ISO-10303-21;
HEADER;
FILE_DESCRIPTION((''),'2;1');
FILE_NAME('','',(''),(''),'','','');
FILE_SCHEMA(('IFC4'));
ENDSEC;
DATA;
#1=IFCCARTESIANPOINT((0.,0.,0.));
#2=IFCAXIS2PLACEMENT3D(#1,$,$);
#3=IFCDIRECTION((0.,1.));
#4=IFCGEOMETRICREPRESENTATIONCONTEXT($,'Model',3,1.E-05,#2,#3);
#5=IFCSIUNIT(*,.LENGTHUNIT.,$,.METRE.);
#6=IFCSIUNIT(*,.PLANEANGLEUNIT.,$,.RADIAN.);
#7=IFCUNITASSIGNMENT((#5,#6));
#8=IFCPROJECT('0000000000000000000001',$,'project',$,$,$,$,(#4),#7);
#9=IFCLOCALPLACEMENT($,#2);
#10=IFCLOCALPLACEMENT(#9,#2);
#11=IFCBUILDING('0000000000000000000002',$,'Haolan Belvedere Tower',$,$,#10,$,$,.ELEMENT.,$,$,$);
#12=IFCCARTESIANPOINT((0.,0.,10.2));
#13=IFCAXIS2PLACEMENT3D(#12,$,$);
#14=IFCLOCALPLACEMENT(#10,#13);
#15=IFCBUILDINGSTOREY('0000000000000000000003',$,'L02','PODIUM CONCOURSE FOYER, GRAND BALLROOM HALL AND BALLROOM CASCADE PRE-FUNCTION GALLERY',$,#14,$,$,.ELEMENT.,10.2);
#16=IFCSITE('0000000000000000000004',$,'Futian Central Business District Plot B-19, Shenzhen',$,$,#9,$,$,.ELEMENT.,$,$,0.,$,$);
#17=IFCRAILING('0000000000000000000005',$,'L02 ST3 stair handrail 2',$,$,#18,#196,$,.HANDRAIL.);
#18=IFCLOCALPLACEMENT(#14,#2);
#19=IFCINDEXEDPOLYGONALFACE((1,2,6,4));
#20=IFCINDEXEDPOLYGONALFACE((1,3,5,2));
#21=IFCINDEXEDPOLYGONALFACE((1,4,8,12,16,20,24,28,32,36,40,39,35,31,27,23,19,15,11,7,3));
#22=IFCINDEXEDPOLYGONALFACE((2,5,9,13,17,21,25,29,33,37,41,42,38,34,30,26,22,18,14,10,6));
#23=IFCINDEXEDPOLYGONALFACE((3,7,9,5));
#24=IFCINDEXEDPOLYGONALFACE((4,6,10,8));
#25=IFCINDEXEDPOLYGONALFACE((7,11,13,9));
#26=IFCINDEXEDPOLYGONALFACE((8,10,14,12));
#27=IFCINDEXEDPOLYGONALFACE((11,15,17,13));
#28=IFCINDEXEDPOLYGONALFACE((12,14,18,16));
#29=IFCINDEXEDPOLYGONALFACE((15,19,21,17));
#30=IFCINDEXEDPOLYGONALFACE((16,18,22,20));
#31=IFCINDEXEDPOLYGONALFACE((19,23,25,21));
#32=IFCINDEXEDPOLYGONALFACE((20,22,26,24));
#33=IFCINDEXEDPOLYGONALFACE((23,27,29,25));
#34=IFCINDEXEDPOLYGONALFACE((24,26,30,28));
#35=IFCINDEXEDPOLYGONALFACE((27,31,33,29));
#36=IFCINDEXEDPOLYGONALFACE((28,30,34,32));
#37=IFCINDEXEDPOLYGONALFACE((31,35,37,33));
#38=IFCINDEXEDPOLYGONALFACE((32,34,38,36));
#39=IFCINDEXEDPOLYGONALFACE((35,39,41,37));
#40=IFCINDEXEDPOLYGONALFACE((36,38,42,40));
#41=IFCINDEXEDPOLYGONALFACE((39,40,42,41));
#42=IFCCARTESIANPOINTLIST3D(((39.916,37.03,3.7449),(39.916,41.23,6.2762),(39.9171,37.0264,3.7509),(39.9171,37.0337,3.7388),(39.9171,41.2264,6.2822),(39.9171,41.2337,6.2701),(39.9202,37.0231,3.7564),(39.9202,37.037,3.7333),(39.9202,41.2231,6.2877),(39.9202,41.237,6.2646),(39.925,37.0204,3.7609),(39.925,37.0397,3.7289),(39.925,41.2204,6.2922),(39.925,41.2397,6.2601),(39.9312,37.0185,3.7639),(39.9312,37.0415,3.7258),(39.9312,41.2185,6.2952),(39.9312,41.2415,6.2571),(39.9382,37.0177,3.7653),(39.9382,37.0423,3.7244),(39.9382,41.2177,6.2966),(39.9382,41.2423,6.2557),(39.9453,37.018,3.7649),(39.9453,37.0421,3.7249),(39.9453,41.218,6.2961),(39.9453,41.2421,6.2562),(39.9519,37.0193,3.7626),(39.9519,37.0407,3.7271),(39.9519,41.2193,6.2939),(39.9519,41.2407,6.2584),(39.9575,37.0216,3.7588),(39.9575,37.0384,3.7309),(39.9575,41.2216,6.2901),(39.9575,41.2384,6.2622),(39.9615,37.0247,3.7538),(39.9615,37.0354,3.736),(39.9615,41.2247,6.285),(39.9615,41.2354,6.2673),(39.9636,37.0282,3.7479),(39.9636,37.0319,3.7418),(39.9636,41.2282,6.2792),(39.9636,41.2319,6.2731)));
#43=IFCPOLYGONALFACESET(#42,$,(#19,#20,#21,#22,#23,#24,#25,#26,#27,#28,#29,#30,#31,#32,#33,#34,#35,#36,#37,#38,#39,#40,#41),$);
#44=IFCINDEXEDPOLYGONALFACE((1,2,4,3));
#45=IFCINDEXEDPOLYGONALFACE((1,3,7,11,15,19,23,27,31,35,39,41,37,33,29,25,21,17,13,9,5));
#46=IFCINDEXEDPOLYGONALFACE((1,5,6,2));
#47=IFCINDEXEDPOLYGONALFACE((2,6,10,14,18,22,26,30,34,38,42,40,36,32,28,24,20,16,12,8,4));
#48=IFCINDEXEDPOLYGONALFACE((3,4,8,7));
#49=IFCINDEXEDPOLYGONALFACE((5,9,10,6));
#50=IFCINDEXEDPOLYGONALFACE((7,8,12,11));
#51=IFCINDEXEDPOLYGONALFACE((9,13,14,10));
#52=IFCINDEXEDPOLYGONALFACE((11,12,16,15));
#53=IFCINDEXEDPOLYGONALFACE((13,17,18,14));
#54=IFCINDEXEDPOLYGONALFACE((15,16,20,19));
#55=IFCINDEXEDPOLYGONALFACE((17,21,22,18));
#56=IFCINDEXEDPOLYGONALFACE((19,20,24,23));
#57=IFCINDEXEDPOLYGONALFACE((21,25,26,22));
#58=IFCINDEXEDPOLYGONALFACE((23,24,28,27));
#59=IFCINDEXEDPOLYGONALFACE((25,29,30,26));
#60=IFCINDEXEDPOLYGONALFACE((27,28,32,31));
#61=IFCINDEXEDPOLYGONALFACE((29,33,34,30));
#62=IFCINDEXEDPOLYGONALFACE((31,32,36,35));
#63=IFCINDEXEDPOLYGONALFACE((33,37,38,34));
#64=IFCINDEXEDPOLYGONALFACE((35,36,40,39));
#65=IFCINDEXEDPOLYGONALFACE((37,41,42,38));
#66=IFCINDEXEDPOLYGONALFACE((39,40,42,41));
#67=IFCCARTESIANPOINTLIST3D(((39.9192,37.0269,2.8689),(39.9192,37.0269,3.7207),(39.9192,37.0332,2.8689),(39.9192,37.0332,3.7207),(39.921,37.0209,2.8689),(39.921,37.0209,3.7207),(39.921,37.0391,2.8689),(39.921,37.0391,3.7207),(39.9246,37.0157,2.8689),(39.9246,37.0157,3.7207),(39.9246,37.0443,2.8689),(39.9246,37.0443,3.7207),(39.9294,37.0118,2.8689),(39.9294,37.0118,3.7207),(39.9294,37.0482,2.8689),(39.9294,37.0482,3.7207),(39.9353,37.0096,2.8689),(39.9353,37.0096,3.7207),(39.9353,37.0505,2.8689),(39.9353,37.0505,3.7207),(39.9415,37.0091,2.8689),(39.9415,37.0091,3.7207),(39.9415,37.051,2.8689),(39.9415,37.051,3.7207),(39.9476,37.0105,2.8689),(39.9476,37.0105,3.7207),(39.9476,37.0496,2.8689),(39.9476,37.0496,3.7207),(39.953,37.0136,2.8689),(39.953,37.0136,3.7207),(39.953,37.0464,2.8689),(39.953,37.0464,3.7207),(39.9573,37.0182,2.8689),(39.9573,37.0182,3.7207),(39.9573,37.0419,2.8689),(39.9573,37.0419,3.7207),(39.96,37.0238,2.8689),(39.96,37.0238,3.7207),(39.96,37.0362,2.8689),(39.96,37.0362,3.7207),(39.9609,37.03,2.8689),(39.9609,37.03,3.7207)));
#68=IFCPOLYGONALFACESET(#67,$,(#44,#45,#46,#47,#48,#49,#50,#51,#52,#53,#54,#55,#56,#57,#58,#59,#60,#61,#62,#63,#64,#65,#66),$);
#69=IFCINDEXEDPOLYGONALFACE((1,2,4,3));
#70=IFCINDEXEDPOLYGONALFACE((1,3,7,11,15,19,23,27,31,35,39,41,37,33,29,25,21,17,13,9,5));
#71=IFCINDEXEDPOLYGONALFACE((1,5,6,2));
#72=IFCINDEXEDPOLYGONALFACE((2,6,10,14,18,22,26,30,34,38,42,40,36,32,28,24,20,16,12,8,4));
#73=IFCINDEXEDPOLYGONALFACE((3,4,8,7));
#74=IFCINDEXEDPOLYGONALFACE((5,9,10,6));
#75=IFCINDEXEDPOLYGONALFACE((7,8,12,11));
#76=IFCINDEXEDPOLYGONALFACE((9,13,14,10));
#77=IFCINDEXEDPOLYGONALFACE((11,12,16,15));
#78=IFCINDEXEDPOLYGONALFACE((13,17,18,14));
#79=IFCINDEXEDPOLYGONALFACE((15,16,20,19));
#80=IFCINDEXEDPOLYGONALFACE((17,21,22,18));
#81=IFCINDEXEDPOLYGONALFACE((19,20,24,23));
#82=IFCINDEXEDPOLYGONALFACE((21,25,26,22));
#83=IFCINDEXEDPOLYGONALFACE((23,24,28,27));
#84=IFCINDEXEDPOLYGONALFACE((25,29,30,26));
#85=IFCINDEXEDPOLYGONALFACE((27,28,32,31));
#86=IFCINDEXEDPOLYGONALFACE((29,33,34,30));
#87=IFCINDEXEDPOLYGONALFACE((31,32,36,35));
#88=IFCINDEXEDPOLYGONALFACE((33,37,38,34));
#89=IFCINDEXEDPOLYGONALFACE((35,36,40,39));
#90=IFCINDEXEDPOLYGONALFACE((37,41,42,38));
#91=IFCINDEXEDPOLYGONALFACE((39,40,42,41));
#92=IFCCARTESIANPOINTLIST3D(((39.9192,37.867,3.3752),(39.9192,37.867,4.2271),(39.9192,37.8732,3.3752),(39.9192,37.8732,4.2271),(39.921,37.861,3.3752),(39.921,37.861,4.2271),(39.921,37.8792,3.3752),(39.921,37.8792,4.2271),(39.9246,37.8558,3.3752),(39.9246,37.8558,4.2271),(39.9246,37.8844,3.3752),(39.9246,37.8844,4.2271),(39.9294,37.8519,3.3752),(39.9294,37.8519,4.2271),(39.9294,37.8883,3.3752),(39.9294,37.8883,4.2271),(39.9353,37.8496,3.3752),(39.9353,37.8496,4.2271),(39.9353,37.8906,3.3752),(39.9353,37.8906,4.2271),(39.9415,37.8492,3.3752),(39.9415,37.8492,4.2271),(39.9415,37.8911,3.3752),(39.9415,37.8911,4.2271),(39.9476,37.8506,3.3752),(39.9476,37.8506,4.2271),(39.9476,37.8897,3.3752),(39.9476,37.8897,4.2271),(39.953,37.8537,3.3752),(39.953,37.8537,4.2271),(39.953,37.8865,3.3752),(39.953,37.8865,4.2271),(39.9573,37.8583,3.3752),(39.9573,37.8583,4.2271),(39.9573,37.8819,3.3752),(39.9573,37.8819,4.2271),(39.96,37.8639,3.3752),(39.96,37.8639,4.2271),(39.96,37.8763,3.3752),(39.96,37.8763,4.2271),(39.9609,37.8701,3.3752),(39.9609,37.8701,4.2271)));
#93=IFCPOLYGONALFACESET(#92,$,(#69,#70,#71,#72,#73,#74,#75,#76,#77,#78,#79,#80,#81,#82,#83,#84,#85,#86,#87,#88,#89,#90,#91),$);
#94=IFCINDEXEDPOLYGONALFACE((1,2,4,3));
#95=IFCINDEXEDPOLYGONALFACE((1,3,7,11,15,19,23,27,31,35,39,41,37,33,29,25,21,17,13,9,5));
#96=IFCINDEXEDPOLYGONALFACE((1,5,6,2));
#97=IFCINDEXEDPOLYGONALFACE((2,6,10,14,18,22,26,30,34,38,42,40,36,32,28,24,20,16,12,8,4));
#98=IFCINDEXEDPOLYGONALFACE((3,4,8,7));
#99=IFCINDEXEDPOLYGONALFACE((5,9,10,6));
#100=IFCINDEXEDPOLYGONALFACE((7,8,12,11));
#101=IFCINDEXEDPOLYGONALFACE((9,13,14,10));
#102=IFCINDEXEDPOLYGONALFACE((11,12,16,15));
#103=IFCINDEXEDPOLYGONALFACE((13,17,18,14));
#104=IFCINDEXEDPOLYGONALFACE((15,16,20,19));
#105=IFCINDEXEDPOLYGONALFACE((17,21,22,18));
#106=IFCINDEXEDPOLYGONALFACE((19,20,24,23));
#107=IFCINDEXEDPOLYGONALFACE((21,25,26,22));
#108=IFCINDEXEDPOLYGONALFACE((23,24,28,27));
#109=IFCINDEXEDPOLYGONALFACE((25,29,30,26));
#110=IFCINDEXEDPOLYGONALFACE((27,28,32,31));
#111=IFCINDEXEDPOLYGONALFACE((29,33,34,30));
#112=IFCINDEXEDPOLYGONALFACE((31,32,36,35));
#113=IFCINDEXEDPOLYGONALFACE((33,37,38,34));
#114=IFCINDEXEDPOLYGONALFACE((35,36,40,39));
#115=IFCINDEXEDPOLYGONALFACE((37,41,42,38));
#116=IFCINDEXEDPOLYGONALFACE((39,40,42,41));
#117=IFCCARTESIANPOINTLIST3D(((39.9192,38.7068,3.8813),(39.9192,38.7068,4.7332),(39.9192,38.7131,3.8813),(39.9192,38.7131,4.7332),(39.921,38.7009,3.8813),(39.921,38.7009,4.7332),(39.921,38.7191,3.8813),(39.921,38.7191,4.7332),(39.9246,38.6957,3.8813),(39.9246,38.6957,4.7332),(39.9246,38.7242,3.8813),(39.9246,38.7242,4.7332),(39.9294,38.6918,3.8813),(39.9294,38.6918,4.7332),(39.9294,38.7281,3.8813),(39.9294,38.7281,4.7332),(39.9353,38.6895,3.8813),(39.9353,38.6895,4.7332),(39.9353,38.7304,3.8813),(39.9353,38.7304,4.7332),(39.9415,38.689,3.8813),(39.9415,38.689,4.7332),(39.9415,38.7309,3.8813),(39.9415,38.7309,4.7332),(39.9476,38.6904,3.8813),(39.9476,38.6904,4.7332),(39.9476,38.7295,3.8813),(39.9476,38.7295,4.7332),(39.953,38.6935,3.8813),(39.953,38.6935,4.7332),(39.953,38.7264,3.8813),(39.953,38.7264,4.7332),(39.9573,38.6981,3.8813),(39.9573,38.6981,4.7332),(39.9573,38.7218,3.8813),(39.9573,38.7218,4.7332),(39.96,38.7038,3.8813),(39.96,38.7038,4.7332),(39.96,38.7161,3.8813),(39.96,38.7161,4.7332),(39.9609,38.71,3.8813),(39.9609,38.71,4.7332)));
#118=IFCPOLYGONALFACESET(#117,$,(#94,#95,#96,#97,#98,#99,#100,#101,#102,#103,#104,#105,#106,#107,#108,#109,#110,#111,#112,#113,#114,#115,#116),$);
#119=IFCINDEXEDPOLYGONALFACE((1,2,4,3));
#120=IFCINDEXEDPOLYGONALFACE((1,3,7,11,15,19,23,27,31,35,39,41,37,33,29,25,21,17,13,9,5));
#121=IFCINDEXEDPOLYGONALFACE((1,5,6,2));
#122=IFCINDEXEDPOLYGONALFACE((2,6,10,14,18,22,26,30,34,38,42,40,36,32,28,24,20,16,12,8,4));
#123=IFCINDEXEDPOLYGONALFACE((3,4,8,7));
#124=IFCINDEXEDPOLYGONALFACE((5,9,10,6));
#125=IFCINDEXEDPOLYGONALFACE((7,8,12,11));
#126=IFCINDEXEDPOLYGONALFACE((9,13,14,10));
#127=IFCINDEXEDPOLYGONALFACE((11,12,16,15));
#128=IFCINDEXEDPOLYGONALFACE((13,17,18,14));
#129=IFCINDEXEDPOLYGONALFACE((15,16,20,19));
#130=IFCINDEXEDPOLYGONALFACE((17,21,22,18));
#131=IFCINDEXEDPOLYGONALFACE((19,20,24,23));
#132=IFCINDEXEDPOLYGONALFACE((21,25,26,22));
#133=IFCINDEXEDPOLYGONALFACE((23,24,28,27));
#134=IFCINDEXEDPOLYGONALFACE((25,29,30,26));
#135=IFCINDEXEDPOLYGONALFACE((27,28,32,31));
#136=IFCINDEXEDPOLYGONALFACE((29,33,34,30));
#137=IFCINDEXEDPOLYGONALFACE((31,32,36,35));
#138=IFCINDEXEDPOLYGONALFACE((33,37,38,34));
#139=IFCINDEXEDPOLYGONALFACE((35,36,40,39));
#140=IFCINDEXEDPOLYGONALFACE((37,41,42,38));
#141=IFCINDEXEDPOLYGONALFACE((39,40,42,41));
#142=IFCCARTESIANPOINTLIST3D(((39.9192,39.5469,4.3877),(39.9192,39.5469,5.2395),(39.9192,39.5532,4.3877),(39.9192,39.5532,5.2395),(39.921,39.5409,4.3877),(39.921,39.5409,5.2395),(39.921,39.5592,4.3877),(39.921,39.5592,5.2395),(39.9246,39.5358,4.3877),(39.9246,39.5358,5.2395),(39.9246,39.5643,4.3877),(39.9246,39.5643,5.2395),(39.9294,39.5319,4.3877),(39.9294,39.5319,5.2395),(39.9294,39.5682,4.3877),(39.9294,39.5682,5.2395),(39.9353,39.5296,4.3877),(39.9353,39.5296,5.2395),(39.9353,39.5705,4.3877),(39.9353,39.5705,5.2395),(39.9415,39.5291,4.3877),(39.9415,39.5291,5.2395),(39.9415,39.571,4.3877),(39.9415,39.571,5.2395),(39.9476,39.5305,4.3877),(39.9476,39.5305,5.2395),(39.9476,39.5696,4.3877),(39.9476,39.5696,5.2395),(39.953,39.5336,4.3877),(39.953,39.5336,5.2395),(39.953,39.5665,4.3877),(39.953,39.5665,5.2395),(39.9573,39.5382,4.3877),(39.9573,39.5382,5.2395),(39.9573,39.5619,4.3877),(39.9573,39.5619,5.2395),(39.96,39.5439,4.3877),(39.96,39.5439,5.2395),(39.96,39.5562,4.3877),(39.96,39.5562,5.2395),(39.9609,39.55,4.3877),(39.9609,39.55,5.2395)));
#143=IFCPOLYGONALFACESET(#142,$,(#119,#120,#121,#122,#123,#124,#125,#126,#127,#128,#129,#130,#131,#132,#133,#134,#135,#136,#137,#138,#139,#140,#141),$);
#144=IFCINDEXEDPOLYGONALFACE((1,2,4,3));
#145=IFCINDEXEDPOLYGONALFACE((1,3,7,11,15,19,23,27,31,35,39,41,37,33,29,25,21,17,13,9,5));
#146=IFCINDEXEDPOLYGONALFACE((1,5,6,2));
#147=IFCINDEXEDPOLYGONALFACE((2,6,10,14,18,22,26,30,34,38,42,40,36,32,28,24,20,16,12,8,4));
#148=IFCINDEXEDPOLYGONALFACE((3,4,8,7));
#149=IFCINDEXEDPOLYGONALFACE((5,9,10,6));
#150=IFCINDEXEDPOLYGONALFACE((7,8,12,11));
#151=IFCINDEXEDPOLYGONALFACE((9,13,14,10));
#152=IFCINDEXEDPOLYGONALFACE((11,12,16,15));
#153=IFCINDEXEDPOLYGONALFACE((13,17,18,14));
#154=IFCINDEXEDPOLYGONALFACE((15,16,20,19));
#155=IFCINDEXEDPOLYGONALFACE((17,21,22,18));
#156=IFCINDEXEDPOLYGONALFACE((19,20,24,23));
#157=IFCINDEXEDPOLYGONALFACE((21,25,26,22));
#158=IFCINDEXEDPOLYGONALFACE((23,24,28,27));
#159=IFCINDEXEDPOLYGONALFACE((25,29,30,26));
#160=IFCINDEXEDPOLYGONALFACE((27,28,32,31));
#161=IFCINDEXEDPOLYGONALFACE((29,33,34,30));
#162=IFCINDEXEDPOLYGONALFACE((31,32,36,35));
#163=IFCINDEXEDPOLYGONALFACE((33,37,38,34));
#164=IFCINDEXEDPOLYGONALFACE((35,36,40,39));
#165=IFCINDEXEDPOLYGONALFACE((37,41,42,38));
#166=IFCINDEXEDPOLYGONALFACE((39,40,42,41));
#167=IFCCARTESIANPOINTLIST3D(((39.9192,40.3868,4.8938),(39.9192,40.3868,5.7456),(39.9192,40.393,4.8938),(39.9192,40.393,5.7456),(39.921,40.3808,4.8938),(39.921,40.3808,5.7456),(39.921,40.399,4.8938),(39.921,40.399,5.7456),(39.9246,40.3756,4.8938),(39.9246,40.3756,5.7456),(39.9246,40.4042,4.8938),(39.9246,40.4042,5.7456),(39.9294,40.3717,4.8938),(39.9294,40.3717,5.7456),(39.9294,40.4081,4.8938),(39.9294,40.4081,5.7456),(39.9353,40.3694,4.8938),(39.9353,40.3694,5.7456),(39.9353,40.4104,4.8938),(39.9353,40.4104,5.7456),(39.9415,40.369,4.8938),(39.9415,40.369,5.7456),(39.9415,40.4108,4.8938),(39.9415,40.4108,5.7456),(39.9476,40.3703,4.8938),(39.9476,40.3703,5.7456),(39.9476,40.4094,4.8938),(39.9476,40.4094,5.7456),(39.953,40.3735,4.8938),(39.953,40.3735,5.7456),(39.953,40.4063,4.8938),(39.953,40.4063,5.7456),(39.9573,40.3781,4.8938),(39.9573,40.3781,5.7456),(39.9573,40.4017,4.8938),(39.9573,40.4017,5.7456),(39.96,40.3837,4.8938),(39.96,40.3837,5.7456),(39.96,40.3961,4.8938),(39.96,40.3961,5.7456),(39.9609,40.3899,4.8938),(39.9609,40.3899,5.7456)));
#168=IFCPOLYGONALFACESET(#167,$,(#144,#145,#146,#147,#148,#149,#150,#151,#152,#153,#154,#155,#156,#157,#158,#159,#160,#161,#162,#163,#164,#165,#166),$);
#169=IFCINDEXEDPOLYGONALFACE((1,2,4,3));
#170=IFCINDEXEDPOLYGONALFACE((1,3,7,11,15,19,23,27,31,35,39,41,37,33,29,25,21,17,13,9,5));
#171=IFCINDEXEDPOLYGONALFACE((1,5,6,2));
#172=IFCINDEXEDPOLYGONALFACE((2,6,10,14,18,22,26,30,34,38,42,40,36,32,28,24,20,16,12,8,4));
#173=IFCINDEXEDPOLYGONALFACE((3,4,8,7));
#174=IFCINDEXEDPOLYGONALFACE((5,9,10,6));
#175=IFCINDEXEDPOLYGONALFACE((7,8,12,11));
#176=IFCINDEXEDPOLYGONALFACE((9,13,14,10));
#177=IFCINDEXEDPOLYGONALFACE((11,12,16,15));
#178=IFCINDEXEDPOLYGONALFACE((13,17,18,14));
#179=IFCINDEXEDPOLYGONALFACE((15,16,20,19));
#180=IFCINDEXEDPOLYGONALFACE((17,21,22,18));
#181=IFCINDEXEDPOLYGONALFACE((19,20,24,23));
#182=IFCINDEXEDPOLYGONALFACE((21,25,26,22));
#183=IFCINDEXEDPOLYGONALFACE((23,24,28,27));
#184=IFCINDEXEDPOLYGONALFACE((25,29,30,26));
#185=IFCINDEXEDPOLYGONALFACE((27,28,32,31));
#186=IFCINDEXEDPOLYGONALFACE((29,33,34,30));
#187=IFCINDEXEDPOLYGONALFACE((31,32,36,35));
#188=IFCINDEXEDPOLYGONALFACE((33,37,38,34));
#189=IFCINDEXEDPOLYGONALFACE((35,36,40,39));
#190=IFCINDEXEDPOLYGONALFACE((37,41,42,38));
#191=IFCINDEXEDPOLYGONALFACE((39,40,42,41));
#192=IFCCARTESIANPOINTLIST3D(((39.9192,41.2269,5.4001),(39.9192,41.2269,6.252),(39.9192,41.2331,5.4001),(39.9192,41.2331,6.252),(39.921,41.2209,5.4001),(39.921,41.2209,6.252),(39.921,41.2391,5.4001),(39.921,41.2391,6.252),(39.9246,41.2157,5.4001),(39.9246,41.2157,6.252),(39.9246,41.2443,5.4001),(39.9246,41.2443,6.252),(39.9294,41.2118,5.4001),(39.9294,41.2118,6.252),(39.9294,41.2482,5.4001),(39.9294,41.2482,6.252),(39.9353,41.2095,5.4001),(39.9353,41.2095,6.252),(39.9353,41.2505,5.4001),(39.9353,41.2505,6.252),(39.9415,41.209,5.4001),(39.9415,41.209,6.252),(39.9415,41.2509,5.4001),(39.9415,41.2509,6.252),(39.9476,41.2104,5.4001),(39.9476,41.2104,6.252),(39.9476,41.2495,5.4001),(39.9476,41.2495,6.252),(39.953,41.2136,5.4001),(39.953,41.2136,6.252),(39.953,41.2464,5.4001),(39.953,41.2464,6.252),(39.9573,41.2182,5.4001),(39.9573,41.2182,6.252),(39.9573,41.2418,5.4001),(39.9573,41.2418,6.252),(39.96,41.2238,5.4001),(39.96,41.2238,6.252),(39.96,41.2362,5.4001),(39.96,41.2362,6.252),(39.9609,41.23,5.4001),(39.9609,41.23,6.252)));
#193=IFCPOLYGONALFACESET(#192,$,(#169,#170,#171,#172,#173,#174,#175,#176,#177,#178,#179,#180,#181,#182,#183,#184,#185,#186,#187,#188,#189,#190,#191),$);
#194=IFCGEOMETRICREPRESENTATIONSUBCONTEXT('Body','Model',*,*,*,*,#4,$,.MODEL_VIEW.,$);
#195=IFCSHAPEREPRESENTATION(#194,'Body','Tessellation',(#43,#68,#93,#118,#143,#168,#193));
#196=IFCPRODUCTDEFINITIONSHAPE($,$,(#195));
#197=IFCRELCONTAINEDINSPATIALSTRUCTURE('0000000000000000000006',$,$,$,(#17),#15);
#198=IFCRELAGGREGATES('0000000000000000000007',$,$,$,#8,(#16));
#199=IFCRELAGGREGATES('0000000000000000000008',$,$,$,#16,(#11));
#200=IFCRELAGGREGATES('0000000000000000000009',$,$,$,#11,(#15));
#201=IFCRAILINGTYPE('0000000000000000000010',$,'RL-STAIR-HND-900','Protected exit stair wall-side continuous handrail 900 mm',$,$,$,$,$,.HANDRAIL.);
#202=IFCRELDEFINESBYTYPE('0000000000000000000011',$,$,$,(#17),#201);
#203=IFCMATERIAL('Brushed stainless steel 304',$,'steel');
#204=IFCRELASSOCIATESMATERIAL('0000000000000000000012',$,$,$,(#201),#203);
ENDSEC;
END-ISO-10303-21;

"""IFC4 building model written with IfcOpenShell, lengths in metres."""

from ifc_helpers import new_model, si_unit, direction, frame, origin, origin_2d, place, context, subcontext, project, spatial, circle, extrude, material, type_object, element, save


model = new_model("IFC4")

# Units and contexts
model_context = context("Model", 3, precision=1e-05, world=origin(), true_north=direction((0.0, 1.0)))
body_context = subcontext(model_context, "Body", "Model", "MODEL_VIEW")
ifc_project = project(units=[si_unit("LENGTHUNIT", "METRE"), si_unit("PLANEANGLEUNIT", "RADIAN")], contexts=[model_context])

# Site, building, storey
site_placement = place(None, origin())
site = spatial("IfcSite", under=ifc_project, at=site_placement, Name="Futian Central Business District Plot B-19, Shenzhen", CompositionType="ELEMENT", RefElevation=0.0)
building_placement = place(site_placement, origin())
building = spatial("IfcBuilding", under=site, at=building_placement, Name="Haolan Belvedere Tower", CompositionType="ELEMENT")
storey_placement = place(building_placement, frame((0.0, 0.0, 10.2)))
storey = spatial("IfcBuildingStorey", under=building, at=storey_placement, Name="L02", Description="PODIUM CONCOURSE FOYER, GRAND BALLROOM HALL AND BALLROOM CASCADE PRE-FUNCTION GALLERY", CompositionType="ELEMENT", Elevation=10.2)

# Railing
ifc_material_1 = material(Name="Brushed stainless steel 304", Category="steel")
railing_type_1 = type_object("IfcRailingType", Name="RL-STAIR-HND-900", Description="Protected exit stair wall-side continuous handrail 900 mm", PredefinedType="HANDRAIL", material=ifc_material_1)
railing_1_placement = place(storey_placement, frame((39.9399, 37.03, 2.8689)))
element("IfcRailing", 1, at=railing_1_placement, inside=storey, type_object=railing_type_1, Name="L02 ST3 stair handrail 2", PredefinedType="HANDRAIL", context=body_context, shape_type="SweptSolid", body=[
    extrude(circle(Radius=0.0239, at=origin_2d()), frame((0.0, 0.0, 0.876), z_axis=(0.0, 0.856476, 0.516186), x_axis=(-1.0, 0.0, 0.0)), (0.0, 0.0, 1.0), 4.9038),
    extrude(circle(Radius=0.021, at=origin_2d()), origin(), (0.0, 0.0, 1.0), 0.8518),
    extrude(circle(Radius=0.021, at=origin_2d()), frame((0.0, 0.8401, 0.5063)), (0.0, 0.0, 1.0), 0.8518),
    extrude(circle(Radius=0.021, at=origin_2d()), frame((0.0, 1.6799, 1.0125)), (0.0, 0.0, 1.0), 0.8518),
    extrude(circle(Radius=0.021, at=origin_2d()), frame((0.0, 2.52, 1.5188)), (0.0, 0.0, 1.0), 0.8518),
    extrude(circle(Radius=0.021, at=origin_2d()), frame((0.0, 3.3599, 2.0249)), (0.0, 0.0, 1.0), 0.8518),
    extrude(circle(Radius=0.021, at=origin_2d()), frame((0.0, 4.2, 2.5312)), (0.0, 0.0, 1.0), 0.8518),
])

save(model, "model.ifc")
